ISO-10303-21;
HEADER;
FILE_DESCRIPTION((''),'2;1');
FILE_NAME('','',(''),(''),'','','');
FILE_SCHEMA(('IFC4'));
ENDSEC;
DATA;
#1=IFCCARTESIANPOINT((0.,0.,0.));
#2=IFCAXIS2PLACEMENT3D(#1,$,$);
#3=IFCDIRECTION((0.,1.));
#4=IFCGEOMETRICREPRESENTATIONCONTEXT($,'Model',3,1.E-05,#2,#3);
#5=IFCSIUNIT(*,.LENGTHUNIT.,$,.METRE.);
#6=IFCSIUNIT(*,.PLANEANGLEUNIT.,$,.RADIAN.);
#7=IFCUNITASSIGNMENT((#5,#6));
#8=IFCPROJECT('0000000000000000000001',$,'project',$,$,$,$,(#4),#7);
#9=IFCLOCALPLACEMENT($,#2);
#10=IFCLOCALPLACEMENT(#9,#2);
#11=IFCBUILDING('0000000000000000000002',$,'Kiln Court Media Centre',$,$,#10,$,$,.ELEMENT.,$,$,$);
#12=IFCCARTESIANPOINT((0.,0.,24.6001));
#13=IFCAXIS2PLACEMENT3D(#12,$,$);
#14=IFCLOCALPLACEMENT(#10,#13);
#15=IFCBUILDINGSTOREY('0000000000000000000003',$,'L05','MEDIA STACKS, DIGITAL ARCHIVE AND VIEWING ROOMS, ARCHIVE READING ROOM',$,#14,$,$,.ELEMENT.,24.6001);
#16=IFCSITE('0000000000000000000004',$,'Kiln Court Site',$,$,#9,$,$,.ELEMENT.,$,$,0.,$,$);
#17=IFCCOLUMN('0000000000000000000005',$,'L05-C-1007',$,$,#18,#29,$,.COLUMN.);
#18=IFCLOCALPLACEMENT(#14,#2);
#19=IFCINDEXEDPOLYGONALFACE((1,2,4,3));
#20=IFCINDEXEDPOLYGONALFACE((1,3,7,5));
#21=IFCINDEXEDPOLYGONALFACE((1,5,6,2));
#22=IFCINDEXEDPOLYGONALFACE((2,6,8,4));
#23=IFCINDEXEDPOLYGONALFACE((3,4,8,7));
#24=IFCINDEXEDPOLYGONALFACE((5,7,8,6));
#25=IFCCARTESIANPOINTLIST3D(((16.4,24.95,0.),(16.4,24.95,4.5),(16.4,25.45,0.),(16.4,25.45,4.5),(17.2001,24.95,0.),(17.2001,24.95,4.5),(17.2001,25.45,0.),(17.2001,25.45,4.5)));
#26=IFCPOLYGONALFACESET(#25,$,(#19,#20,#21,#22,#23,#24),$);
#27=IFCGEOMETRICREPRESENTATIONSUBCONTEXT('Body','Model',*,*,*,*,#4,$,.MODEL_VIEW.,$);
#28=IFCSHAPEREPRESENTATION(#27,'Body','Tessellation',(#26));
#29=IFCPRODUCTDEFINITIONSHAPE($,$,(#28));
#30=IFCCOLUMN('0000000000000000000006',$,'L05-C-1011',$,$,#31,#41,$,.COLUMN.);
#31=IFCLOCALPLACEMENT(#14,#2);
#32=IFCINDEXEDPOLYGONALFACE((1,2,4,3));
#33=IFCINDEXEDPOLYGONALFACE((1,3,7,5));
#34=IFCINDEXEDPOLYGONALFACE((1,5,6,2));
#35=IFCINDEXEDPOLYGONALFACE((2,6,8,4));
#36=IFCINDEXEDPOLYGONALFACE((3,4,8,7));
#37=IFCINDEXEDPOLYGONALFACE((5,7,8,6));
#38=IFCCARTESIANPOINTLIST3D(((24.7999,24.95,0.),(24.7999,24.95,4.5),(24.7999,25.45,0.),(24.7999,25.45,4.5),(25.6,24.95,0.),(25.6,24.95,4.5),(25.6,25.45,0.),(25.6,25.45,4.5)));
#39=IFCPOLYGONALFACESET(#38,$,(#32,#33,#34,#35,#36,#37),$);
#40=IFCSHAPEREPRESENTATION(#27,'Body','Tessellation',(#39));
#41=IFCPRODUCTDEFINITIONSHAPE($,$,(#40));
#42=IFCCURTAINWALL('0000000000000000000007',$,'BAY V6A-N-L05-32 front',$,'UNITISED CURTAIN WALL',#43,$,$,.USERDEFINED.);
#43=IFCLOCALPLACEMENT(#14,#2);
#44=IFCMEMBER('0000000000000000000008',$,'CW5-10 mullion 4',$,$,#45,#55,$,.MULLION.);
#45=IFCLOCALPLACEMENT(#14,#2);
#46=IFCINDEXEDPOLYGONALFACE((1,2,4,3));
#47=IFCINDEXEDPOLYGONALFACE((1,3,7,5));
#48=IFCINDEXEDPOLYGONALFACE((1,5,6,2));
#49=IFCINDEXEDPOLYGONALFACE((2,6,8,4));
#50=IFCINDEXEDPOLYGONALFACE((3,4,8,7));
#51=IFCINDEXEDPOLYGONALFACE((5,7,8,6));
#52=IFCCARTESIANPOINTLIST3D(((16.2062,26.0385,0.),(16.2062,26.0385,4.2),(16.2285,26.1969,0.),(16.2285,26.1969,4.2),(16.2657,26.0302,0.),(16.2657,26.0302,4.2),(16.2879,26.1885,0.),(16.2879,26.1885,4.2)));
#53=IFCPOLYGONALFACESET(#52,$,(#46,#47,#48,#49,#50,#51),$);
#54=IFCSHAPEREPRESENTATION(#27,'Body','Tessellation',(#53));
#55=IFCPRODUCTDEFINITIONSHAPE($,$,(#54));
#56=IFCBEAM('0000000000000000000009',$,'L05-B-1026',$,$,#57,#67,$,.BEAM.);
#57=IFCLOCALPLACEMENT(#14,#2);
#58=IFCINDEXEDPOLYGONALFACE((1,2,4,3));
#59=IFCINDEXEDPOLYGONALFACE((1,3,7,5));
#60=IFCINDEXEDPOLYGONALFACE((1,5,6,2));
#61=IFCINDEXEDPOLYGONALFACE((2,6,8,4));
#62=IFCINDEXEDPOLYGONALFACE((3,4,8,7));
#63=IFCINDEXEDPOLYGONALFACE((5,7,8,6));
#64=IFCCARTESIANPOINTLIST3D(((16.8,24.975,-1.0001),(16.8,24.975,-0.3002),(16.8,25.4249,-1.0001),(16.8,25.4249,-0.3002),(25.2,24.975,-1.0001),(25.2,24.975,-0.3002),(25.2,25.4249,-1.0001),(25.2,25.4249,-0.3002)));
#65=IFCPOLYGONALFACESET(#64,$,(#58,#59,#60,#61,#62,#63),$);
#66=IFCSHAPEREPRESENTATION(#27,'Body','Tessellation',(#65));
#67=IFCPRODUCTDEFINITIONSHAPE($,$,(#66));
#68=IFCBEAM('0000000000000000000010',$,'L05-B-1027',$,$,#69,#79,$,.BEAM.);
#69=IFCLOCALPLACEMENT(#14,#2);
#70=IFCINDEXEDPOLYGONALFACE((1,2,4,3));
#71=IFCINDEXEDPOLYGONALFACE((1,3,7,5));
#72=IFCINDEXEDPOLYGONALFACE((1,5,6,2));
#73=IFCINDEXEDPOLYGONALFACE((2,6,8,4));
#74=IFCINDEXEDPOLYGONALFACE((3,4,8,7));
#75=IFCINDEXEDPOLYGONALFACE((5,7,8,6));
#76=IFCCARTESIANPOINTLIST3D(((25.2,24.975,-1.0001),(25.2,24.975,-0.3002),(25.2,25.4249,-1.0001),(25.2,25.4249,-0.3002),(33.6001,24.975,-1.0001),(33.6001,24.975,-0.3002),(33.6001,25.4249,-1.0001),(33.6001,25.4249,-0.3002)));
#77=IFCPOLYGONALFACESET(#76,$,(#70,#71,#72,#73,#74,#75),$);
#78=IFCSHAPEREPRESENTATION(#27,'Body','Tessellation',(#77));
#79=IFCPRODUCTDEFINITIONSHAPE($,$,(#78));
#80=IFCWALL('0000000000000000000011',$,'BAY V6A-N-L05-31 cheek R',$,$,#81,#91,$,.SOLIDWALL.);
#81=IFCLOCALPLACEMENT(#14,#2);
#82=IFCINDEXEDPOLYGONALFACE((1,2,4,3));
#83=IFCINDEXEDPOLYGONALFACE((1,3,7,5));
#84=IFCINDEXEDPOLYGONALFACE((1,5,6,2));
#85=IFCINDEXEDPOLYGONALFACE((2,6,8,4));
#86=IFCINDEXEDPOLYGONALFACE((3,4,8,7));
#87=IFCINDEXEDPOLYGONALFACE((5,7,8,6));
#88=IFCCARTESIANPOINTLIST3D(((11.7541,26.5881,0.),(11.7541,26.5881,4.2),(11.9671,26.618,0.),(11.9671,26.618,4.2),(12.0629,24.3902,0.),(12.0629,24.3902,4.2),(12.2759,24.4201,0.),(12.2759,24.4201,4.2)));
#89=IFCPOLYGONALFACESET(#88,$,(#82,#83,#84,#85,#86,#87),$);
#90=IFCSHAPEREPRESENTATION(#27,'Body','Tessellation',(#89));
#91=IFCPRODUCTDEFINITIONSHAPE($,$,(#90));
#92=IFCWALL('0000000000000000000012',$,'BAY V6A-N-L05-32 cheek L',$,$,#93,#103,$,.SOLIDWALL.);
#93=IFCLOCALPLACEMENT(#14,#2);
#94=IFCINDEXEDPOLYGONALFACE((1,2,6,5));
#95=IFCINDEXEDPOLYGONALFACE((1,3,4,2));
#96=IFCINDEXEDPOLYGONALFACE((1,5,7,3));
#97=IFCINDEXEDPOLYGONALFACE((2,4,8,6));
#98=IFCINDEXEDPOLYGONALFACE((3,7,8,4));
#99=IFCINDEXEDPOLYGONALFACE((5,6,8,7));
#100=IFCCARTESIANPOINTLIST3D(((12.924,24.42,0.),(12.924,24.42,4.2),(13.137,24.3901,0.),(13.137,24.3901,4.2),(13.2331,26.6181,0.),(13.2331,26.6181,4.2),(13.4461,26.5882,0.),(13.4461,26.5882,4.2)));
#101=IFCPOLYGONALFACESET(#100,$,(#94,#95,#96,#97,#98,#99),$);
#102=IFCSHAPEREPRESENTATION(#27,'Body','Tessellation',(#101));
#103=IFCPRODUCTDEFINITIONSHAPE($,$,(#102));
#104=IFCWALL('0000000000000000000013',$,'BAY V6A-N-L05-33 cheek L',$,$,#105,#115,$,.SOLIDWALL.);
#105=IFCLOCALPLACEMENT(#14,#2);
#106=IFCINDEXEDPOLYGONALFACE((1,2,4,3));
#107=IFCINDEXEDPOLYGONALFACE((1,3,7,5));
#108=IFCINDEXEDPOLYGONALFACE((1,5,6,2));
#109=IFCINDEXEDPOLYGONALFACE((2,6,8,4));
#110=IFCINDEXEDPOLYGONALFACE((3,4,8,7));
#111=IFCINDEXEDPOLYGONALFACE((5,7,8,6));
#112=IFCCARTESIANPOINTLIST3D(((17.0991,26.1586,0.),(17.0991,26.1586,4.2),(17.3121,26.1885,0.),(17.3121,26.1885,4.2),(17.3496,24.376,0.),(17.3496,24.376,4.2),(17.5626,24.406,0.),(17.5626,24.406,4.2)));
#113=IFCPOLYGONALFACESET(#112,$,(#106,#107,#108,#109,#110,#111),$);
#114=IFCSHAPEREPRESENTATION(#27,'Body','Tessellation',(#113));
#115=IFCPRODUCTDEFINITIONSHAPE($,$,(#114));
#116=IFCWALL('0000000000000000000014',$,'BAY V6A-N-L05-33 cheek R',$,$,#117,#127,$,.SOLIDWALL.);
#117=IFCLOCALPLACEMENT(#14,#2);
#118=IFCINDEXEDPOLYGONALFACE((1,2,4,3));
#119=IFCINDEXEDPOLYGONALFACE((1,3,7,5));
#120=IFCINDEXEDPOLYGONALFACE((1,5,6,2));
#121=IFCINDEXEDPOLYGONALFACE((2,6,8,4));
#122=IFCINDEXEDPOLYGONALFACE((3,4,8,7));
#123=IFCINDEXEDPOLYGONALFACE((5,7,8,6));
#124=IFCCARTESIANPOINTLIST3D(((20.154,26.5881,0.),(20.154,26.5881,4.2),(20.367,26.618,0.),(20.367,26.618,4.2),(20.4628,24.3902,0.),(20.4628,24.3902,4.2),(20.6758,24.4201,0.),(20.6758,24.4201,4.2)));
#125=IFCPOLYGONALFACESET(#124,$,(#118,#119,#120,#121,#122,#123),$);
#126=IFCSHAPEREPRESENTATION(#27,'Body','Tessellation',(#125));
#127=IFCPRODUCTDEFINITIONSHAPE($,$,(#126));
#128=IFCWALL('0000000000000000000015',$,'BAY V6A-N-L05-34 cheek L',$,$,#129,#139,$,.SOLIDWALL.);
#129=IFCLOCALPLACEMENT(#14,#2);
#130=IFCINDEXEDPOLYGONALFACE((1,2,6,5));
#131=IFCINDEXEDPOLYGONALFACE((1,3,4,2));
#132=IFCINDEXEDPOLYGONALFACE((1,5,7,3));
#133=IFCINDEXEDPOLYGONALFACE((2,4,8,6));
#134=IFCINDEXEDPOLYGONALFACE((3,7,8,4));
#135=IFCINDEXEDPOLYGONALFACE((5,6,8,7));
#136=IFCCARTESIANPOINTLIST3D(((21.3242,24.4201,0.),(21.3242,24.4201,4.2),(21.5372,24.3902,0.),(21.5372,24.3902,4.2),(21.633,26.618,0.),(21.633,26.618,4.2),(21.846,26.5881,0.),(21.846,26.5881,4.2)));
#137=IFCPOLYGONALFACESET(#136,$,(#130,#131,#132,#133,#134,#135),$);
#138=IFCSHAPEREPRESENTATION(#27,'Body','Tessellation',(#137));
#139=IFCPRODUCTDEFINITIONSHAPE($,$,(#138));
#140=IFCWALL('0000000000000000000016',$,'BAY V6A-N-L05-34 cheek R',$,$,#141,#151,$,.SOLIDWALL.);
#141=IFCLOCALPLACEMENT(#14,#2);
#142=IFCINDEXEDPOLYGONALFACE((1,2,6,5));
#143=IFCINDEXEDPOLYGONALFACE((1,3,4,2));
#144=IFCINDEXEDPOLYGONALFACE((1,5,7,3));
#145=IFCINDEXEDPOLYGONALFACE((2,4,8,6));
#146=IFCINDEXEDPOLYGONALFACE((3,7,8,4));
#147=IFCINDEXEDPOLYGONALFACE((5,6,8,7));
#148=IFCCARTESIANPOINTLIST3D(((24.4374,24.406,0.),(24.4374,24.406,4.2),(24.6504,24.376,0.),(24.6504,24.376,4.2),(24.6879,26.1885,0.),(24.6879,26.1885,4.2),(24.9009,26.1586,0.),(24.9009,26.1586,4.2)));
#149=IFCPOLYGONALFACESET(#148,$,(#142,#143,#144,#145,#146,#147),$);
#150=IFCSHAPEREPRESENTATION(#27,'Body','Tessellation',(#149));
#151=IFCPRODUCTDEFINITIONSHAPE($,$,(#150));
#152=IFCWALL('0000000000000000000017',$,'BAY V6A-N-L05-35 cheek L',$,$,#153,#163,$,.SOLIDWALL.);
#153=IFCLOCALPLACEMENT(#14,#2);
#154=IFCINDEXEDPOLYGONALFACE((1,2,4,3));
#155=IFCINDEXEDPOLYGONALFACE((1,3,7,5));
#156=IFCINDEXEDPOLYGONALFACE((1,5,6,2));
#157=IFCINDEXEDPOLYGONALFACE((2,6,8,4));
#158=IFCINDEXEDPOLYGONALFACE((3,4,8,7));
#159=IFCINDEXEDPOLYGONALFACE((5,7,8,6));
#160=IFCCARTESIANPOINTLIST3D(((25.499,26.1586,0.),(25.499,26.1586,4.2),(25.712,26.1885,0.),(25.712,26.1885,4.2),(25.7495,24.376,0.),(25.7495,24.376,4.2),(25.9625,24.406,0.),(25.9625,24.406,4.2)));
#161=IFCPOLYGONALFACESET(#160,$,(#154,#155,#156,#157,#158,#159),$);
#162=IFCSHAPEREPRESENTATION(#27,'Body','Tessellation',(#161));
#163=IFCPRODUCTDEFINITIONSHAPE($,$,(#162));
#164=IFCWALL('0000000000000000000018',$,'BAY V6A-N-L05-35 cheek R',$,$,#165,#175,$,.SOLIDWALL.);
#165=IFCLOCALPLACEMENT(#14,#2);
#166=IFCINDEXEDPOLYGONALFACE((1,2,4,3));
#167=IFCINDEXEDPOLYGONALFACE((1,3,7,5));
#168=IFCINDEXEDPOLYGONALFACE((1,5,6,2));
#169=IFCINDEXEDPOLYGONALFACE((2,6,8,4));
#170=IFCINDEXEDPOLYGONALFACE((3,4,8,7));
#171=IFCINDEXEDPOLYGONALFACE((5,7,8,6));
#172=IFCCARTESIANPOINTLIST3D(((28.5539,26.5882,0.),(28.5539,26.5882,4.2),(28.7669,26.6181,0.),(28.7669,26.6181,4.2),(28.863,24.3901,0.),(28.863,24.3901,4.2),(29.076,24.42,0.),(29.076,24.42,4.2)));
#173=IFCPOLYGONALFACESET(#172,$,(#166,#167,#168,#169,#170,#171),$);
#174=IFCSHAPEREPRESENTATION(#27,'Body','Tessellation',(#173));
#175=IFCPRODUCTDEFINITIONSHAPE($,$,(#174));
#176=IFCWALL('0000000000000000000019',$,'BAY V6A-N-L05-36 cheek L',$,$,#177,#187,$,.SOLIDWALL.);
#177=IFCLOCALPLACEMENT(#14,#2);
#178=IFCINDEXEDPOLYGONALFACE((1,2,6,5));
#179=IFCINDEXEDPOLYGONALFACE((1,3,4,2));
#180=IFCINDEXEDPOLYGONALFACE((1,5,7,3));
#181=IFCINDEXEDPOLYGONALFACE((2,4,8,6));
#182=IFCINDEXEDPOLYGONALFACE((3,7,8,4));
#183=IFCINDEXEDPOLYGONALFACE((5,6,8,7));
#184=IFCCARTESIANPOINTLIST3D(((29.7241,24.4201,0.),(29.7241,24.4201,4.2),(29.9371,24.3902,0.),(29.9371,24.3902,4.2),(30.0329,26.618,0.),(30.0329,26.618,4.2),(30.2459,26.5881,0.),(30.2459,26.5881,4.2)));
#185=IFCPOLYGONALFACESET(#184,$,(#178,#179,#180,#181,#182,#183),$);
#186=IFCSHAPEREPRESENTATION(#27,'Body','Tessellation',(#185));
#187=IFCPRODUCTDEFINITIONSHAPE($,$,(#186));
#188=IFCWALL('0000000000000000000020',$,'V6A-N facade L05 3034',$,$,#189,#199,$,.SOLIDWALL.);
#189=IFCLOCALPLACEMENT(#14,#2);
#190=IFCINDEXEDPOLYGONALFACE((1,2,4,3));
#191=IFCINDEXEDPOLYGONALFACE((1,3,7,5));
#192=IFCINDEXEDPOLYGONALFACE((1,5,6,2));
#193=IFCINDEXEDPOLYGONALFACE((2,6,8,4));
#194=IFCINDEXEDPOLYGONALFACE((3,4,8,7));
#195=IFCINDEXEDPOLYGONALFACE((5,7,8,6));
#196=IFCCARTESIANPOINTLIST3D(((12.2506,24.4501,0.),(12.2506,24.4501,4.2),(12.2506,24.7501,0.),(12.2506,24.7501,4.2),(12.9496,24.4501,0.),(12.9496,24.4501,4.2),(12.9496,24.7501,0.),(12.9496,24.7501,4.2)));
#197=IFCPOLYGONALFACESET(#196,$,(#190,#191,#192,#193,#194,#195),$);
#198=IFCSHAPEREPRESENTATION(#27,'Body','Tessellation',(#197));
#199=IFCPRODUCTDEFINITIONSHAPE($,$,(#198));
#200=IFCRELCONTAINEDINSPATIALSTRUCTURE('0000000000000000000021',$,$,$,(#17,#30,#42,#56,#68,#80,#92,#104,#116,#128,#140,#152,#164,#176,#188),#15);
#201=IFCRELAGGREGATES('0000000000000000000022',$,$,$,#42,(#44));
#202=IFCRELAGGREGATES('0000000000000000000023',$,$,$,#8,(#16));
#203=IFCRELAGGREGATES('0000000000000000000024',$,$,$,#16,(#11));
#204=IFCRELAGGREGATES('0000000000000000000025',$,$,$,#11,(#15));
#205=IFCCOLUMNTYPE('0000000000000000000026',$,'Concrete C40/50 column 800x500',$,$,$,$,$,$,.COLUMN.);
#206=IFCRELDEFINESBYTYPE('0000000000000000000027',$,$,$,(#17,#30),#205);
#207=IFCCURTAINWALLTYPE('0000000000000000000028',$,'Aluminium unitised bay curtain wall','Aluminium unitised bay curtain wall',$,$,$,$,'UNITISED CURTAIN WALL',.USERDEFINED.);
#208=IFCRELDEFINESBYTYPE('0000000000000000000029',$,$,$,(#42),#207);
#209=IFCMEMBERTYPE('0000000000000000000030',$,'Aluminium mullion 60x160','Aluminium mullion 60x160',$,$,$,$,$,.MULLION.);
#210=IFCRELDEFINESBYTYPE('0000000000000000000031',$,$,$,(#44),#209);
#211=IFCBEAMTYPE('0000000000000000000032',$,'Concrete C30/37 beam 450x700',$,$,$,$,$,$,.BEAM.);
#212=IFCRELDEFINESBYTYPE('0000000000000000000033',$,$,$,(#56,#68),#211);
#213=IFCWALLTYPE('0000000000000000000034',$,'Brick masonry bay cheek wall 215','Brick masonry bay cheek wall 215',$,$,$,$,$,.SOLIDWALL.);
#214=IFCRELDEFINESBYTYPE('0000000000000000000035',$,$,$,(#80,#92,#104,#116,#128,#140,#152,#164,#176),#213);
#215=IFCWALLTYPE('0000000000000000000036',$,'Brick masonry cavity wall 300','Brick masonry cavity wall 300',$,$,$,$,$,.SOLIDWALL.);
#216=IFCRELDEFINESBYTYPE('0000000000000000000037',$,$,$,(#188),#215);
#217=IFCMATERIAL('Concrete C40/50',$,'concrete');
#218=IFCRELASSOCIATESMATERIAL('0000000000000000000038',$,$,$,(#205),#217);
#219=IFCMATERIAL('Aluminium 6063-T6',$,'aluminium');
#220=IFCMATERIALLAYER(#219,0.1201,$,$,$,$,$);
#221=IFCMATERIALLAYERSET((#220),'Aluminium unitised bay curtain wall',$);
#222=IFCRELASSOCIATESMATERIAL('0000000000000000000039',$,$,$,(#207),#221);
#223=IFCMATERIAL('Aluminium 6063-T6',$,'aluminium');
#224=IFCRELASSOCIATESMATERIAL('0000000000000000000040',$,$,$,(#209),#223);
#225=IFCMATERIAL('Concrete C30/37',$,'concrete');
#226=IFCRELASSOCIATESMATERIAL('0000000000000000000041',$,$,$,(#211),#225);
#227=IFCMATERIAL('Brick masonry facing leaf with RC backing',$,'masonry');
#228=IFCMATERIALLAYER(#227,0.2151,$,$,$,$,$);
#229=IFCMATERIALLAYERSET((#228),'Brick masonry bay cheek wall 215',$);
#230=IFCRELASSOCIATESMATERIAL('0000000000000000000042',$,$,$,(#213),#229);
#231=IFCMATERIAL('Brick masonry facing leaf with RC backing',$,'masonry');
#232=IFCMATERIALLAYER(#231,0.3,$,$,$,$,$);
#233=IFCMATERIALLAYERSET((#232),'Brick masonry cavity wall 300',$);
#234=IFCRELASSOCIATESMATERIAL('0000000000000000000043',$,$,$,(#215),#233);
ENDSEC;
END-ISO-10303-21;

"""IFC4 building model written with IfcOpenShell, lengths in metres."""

from ifc_helpers import new_model, si_unit, direction, frame, frame_2d, origin, origin_2d, place, context, subcontext, project, spatial, rectangle, extrude, material, layer, layer_set, material_profile, profile_set, type_object, element, aggregate, save


model = new_model("IFC4")

# Units and contexts
model_context = context("Model", 3, precision=1e-05, world=origin(), true_north=direction((0.0, 1.0)))
body_context = subcontext(model_context, "Body", "Model", "MODEL_VIEW")
ifc_project = project(units=[si_unit("LENGTHUNIT", "METRE"), si_unit("PLANEANGLEUNIT", "RADIAN")], contexts=[model_context])

# Site, building, storey
site_placement = place(None, origin())
site = spatial("IfcSite", under=ifc_project, at=site_placement, Name="Kiln Court Site", CompositionType="ELEMENT", RefElevation=0.0)
building_placement = place(site_placement, origin())
building = spatial("IfcBuilding", under=site, at=building_placement, Name="Kiln Court Media Centre", CompositionType="ELEMENT")
storey_placement = place(building_placement, frame((0.0, 0.0, 24.6001)))
storey = spatial("IfcBuildingStorey", under=building, at=storey_placement, Name="L05", Description="MEDIA STACKS, DIGITAL ARCHIVE AND VIEWING ROOMS, ARCHIVE READING ROOM", CompositionType="ELEMENT", Elevation=24.6001)

# Columns
ifc_material_1 = material(Name="Concrete C40/50", Category="concrete")
ifc_material_profile_1 = material_profile(ifc_material_1, rectangle(XDim=0.8, YDim=0.5, at=origin_2d()), Name="RC 800x500")
ifc_profile_set_1 = profile_set([ifc_material_profile_1], Name="Concrete C40/50")
column_type = type_object("IfcColumnType", Name="Concrete C40/50 column 800x500", PredefinedType="COLUMN", material=ifc_profile_set_1)
for number, where, z_axis, x_axis, name in (
    (1, (16.8, 25.2, 0.0), (0.0, 0.0, 1.0), (1.0, 0.0, 0.0), "L05-C-1007"),
    (2, (25.2, 25.2, 0.0), (0.0, 0.0, 1.0), (1.0, 0.0, 0.0), "L05-C-1011"),
):
    element("IfcColumn", number, at=place(storey_placement, frame(where, z_axis=z_axis, x_axis=x_axis)), inside=storey, type_object=column_type, Name=name, PredefinedType="COLUMN", context=body_context, shape_type="SweptSolid", body=[
        extrude(rectangle(XDim=0.8, YDim=0.5, at=origin_2d()), origin(), (0.0, 0.0, 1.0), 4.5),
    ])

# Curtain wall, member
ifc_material_2 = material(Name="Aluminium 6063-T6", Category="aluminium")
ifc_layer_1 = layer(ifc_material_2, 0.1201)
ifc_layer_set_1 = layer_set([ifc_layer_1], Name="Aluminium unitised bay curtain wall")
curtain_wall_type = type_object("IfcCurtainWallType", Name="Aluminium unitised bay curtain wall", Description="Aluminium unitised bay curtain wall", ElementType="UNITISED CURTAIN WALL", PredefinedType="USERDEFINED", material=ifc_layer_set_1)
curtain_wall_placement = place(storey_placement, origin())
curtain_wall = element("IfcCurtainWall", 3, at=curtain_wall_placement, inside=storey, type_object=curtain_wall_type, Name="BAY V6A-N-L05-32 front", ObjectType="UNITISED CURTAIN WALL", PredefinedType="USERDEFINED")
ifc_material_3 = material(Name="Aluminium 6063-T6", Category="aluminium")
ifc_material_profile_2 = material_profile(ifc_material_3, rectangle(XDim=0.0601, YDim=0.1599, at=origin_2d()), Name="Aluminium mullion 60x160")
ifc_profile_set_2 = profile_set([ifc_material_profile_2], Name="Aluminium 6063-T6")
member_type = type_object("IfcMemberType", Name="Aluminium mullion 60x160", Description="Aluminium mullion 60x160", PredefinedType="MULLION", material=ifc_profile_set_2)
member_placement = place(storey_placement, frame((16.2471, 26.1135, 0.0), z_axis=(0.0, 0.0, 1.0), x_axis=(0.99027, -0.139162, 0.0)))
member = element("IfcMember", 4, at=member_placement, type_object=member_type, Name="CW5-10 mullion 4", PredefinedType="MULLION", context=body_context, shape_type="SweptSolid", body=[
    extrude(rectangle(XDim=0.0601, YDim=0.1599, at=origin_2d()), origin(), (0.0, 0.0, 1.0), 4.2),
])
aggregate(curtain_wall, [member])

# Beams
ifc_material_4 = material(Name="Concrete C30/37", Category="concrete")
ifc_material_profile_3 = material_profile(ifc_material_4, rectangle(XDim=0.45, YDim=0.7, at=origin_2d()), Name="RC 450x700")
ifc_profile_set_3 = profile_set([ifc_material_profile_3], Name="Concrete C30/37")
beam_type = type_object("IfcBeamType", Name="Concrete C30/37 beam 450x700", PredefinedType="BEAM", material=ifc_profile_set_3)
beam_1_placement = place(storey_placement, frame((16.8, 25.2, -0.6501), z_axis=(1.0, 0.0, 0.0), x_axis=(0.0, 1.0, 0.0)))
element("IfcBeam", 5, at=beam_1_placement, inside=storey, type_object=beam_type, Name="L05-B-1026", PredefinedType="BEAM", context=body_context, shape_type="SweptSolid", body=[
    extrude(rectangle(XDim=0.45, YDim=0.7, at=origin_2d()), origin(), (0.0, 0.0, 1.0), 8.3999),
])
beam_2_placement = place(storey_placement, frame((25.2, 25.2, -0.6501), z_axis=(1.0, 0.0, 0.0), x_axis=(0.0, 1.0, 0.0)))
element("IfcBeam", 6, at=beam_2_placement, inside=storey, type_object=beam_type, Name="L05-B-1027", PredefinedType="BEAM", context=body_context, shape_type="SweptSolid", body=[
    extrude(rectangle(XDim=0.45, YDim=0.7, at=origin_2d()), origin(), (0.0, 0.0, 1.0), 8.4001),
])

# Walls
ifc_material_5 = material(Name="Brick masonry facing leaf with RC backing", Category="masonry")
ifc_layer_2 = layer(ifc_material_5, 0.2151)
ifc_layer_set_2 = layer_set([ifc_layer_2], Name="Brick masonry bay cheek wall 215")
wall_type_1 = type_object("IfcWallType", Name="Brick masonry bay cheek wall 215", Description="Brick masonry bay cheek wall 215", PredefinedType="SOLIDWALL", material=ifc_layer_set_2)
wall_1_placement = place(storey_placement, frame((12.1694, 24.405, 0.0), z_axis=(0.0, 0.0, 1.0), x_axis=(-0.139142, 0.990272, 0.0)))
element("IfcWall", 7, at=wall_1_placement, inside=storey, type_object=wall_type_1, Name="BAY V6A-N-L05-31 cheek R", PredefinedType="SOLIDWALL", context=body_context, shape_type="SweptSolid", body=[
    extrude(rectangle(XDim=2.2195, YDim=0.2151, at=frame_2d((1.1099, 0.0))), origin(), (0.0, 0.0, 1.0), 4.2),
])
wall_2_placement = place(storey_placement, frame((13.0305, 24.405, 0.0), z_axis=(0.0, 0.0, 1.0), x_axis=(0.13925, 0.990257, 0.0)))
element("IfcWall", 8, at=wall_2_placement, inside=storey, type_object=wall_type_1, Name="BAY V6A-N-L05-32 cheek L", PredefinedType="SOLIDWALL", context=body_context, shape_type="SweptSolid", body=[
    extrude(rectangle(XDim=2.2197, YDim=0.2151, at=frame_2d((1.1099, 0.0))), origin(), (0.0, 0.0, 1.0), 4.2),
])
wall_3_placement = place(storey_placement, frame((17.4561, 24.3911, 0.0), z_axis=(0.0, 0.0, 1.0), x_axis=(-0.139161, 0.99027, 0.0)))
element("IfcWall", 9, at=wall_3_placement, inside=storey, type_object=wall_type_1, Name="BAY V6A-N-L05-33 cheek L", PredefinedType="SOLIDWALL", context=body_context, shape_type="SweptSolid", body=[
    extrude(rectangle(XDim=1.8, YDim=0.2151, at=frame_2d((0.8999, 0.0))), origin(), (0.0, 0.0, 1.0), 4.2),
])
for number, where, z_axis, x_axis, name in (
    (10, (20.5693, 24.405, 0.0), (0.0, 0.0, 1.0), (-0.139142, 0.990272, 0.0), "BAY V6A-N-L05-33 cheek R"),
    (11, (21.4307, 24.405, 0.0), (0.0, 0.0, 1.0), (0.139142, 0.990272, 0.0), "BAY V6A-N-L05-34 cheek L"),
):
    element("IfcWall", number, at=place(storey_placement, frame(where, z_axis=z_axis, x_axis=x_axis)), inside=storey, type_object=wall_type_1, Name=name, PredefinedType="SOLIDWALL", context=body_context, shape_type="SweptSolid", body=[
        extrude(rectangle(XDim=2.2195, YDim=0.2151, at=frame_2d((1.1099, 0.0))), origin(), (0.0, 0.0, 1.0), 4.2),
    ])
for number, where, z_axis, x_axis, name in (
    (12, (24.5439, 24.3911, 0.0), (0.0, 0.0, 1.0), (0.139161, 0.99027, 0.0), "BAY V6A-N-L05-34 cheek R"),
    (13, (25.856, 24.3911, 0.0), (0.0, 0.0, 1.0), (-0.139161, 0.99027, 0.0), "BAY V6A-N-L05-35 cheek L"),
):
    element("IfcWall", number, at=place(storey_placement, frame(where, z_axis=z_axis, x_axis=x_axis)), inside=storey, type_object=wall_type_1, Name=name, PredefinedType="SOLIDWALL", context=body_context, shape_type="SweptSolid", body=[
        extrude(rectangle(XDim=1.8, YDim=0.2151, at=frame_2d((0.8999, 0.0))), origin(), (0.0, 0.0, 1.0), 4.2),
    ])
wall_4_placement = place(storey_placement, frame((28.9695, 24.405, 0.0), z_axis=(0.0, 0.0, 1.0), x_axis=(-0.13925, 0.990257, 0.0)))
element("IfcWall", 14, at=wall_4_placement, inside=storey, type_object=wall_type_1, Name="BAY V6A-N-L05-35 cheek R", PredefinedType="SOLIDWALL", context=body_context, shape_type="SweptSolid", body=[
    extrude(rectangle(XDim=2.2197, YDim=0.2151, at=frame_2d((1.1099, 0.0))), origin(), (0.0, 0.0, 1.0), 4.2),
])
wall_5_placement = place(storey_placement, frame((29.8306, 24.405, 0.0), z_axis=(0.0, 0.0, 1.0), x_axis=(0.139142, 0.990272, 0.0)))
element("IfcWall", 15, at=wall_5_placement, inside=storey, type_object=wall_type_1, Name="BAY V6A-N-L05-36 cheek L", PredefinedType="SOLIDWALL", context=body_context, shape_type="SweptSolid", body=[
    extrude(rectangle(XDim=2.2195, YDim=0.2151, at=frame_2d((1.1099, 0.0))), origin(), (0.0, 0.0, 1.0), 4.2),
])
ifc_material_6 = material(Name="Brick masonry facing leaf with RC backing", Category="masonry")
ifc_layer_3 = layer(ifc_material_6, 0.3)
ifc_layer_set_3 = layer_set([ifc_layer_3], Name="Brick masonry cavity wall 300")
wall_type_2 = type_object("IfcWallType", Name="Brick masonry cavity wall 300", Description="Brick masonry cavity wall 300", PredefinedType="SOLIDWALL", material=ifc_layer_set_3)
wall_6_placement = place(storey_placement, frame((12.2505, 24.6001, 0.0), z_axis=(0.0, 0.0, 1.0), x_axis=(1.0, 0.0, 0.0)))
element("IfcWall", 16, at=wall_6_placement, inside=storey, type_object=wall_type_2, Name="V6A-N facade L05 3034", PredefinedType="SOLIDWALL", context=body_context, shape_type="SweptSolid", body=[
    extrude(rectangle(XDim=0.699, YDim=0.3, at=frame_2d((0.3496, 0.0))), origin(), (0.0, 0.0, 1.0), 4.2),
])

save(model, "model.ifc")
